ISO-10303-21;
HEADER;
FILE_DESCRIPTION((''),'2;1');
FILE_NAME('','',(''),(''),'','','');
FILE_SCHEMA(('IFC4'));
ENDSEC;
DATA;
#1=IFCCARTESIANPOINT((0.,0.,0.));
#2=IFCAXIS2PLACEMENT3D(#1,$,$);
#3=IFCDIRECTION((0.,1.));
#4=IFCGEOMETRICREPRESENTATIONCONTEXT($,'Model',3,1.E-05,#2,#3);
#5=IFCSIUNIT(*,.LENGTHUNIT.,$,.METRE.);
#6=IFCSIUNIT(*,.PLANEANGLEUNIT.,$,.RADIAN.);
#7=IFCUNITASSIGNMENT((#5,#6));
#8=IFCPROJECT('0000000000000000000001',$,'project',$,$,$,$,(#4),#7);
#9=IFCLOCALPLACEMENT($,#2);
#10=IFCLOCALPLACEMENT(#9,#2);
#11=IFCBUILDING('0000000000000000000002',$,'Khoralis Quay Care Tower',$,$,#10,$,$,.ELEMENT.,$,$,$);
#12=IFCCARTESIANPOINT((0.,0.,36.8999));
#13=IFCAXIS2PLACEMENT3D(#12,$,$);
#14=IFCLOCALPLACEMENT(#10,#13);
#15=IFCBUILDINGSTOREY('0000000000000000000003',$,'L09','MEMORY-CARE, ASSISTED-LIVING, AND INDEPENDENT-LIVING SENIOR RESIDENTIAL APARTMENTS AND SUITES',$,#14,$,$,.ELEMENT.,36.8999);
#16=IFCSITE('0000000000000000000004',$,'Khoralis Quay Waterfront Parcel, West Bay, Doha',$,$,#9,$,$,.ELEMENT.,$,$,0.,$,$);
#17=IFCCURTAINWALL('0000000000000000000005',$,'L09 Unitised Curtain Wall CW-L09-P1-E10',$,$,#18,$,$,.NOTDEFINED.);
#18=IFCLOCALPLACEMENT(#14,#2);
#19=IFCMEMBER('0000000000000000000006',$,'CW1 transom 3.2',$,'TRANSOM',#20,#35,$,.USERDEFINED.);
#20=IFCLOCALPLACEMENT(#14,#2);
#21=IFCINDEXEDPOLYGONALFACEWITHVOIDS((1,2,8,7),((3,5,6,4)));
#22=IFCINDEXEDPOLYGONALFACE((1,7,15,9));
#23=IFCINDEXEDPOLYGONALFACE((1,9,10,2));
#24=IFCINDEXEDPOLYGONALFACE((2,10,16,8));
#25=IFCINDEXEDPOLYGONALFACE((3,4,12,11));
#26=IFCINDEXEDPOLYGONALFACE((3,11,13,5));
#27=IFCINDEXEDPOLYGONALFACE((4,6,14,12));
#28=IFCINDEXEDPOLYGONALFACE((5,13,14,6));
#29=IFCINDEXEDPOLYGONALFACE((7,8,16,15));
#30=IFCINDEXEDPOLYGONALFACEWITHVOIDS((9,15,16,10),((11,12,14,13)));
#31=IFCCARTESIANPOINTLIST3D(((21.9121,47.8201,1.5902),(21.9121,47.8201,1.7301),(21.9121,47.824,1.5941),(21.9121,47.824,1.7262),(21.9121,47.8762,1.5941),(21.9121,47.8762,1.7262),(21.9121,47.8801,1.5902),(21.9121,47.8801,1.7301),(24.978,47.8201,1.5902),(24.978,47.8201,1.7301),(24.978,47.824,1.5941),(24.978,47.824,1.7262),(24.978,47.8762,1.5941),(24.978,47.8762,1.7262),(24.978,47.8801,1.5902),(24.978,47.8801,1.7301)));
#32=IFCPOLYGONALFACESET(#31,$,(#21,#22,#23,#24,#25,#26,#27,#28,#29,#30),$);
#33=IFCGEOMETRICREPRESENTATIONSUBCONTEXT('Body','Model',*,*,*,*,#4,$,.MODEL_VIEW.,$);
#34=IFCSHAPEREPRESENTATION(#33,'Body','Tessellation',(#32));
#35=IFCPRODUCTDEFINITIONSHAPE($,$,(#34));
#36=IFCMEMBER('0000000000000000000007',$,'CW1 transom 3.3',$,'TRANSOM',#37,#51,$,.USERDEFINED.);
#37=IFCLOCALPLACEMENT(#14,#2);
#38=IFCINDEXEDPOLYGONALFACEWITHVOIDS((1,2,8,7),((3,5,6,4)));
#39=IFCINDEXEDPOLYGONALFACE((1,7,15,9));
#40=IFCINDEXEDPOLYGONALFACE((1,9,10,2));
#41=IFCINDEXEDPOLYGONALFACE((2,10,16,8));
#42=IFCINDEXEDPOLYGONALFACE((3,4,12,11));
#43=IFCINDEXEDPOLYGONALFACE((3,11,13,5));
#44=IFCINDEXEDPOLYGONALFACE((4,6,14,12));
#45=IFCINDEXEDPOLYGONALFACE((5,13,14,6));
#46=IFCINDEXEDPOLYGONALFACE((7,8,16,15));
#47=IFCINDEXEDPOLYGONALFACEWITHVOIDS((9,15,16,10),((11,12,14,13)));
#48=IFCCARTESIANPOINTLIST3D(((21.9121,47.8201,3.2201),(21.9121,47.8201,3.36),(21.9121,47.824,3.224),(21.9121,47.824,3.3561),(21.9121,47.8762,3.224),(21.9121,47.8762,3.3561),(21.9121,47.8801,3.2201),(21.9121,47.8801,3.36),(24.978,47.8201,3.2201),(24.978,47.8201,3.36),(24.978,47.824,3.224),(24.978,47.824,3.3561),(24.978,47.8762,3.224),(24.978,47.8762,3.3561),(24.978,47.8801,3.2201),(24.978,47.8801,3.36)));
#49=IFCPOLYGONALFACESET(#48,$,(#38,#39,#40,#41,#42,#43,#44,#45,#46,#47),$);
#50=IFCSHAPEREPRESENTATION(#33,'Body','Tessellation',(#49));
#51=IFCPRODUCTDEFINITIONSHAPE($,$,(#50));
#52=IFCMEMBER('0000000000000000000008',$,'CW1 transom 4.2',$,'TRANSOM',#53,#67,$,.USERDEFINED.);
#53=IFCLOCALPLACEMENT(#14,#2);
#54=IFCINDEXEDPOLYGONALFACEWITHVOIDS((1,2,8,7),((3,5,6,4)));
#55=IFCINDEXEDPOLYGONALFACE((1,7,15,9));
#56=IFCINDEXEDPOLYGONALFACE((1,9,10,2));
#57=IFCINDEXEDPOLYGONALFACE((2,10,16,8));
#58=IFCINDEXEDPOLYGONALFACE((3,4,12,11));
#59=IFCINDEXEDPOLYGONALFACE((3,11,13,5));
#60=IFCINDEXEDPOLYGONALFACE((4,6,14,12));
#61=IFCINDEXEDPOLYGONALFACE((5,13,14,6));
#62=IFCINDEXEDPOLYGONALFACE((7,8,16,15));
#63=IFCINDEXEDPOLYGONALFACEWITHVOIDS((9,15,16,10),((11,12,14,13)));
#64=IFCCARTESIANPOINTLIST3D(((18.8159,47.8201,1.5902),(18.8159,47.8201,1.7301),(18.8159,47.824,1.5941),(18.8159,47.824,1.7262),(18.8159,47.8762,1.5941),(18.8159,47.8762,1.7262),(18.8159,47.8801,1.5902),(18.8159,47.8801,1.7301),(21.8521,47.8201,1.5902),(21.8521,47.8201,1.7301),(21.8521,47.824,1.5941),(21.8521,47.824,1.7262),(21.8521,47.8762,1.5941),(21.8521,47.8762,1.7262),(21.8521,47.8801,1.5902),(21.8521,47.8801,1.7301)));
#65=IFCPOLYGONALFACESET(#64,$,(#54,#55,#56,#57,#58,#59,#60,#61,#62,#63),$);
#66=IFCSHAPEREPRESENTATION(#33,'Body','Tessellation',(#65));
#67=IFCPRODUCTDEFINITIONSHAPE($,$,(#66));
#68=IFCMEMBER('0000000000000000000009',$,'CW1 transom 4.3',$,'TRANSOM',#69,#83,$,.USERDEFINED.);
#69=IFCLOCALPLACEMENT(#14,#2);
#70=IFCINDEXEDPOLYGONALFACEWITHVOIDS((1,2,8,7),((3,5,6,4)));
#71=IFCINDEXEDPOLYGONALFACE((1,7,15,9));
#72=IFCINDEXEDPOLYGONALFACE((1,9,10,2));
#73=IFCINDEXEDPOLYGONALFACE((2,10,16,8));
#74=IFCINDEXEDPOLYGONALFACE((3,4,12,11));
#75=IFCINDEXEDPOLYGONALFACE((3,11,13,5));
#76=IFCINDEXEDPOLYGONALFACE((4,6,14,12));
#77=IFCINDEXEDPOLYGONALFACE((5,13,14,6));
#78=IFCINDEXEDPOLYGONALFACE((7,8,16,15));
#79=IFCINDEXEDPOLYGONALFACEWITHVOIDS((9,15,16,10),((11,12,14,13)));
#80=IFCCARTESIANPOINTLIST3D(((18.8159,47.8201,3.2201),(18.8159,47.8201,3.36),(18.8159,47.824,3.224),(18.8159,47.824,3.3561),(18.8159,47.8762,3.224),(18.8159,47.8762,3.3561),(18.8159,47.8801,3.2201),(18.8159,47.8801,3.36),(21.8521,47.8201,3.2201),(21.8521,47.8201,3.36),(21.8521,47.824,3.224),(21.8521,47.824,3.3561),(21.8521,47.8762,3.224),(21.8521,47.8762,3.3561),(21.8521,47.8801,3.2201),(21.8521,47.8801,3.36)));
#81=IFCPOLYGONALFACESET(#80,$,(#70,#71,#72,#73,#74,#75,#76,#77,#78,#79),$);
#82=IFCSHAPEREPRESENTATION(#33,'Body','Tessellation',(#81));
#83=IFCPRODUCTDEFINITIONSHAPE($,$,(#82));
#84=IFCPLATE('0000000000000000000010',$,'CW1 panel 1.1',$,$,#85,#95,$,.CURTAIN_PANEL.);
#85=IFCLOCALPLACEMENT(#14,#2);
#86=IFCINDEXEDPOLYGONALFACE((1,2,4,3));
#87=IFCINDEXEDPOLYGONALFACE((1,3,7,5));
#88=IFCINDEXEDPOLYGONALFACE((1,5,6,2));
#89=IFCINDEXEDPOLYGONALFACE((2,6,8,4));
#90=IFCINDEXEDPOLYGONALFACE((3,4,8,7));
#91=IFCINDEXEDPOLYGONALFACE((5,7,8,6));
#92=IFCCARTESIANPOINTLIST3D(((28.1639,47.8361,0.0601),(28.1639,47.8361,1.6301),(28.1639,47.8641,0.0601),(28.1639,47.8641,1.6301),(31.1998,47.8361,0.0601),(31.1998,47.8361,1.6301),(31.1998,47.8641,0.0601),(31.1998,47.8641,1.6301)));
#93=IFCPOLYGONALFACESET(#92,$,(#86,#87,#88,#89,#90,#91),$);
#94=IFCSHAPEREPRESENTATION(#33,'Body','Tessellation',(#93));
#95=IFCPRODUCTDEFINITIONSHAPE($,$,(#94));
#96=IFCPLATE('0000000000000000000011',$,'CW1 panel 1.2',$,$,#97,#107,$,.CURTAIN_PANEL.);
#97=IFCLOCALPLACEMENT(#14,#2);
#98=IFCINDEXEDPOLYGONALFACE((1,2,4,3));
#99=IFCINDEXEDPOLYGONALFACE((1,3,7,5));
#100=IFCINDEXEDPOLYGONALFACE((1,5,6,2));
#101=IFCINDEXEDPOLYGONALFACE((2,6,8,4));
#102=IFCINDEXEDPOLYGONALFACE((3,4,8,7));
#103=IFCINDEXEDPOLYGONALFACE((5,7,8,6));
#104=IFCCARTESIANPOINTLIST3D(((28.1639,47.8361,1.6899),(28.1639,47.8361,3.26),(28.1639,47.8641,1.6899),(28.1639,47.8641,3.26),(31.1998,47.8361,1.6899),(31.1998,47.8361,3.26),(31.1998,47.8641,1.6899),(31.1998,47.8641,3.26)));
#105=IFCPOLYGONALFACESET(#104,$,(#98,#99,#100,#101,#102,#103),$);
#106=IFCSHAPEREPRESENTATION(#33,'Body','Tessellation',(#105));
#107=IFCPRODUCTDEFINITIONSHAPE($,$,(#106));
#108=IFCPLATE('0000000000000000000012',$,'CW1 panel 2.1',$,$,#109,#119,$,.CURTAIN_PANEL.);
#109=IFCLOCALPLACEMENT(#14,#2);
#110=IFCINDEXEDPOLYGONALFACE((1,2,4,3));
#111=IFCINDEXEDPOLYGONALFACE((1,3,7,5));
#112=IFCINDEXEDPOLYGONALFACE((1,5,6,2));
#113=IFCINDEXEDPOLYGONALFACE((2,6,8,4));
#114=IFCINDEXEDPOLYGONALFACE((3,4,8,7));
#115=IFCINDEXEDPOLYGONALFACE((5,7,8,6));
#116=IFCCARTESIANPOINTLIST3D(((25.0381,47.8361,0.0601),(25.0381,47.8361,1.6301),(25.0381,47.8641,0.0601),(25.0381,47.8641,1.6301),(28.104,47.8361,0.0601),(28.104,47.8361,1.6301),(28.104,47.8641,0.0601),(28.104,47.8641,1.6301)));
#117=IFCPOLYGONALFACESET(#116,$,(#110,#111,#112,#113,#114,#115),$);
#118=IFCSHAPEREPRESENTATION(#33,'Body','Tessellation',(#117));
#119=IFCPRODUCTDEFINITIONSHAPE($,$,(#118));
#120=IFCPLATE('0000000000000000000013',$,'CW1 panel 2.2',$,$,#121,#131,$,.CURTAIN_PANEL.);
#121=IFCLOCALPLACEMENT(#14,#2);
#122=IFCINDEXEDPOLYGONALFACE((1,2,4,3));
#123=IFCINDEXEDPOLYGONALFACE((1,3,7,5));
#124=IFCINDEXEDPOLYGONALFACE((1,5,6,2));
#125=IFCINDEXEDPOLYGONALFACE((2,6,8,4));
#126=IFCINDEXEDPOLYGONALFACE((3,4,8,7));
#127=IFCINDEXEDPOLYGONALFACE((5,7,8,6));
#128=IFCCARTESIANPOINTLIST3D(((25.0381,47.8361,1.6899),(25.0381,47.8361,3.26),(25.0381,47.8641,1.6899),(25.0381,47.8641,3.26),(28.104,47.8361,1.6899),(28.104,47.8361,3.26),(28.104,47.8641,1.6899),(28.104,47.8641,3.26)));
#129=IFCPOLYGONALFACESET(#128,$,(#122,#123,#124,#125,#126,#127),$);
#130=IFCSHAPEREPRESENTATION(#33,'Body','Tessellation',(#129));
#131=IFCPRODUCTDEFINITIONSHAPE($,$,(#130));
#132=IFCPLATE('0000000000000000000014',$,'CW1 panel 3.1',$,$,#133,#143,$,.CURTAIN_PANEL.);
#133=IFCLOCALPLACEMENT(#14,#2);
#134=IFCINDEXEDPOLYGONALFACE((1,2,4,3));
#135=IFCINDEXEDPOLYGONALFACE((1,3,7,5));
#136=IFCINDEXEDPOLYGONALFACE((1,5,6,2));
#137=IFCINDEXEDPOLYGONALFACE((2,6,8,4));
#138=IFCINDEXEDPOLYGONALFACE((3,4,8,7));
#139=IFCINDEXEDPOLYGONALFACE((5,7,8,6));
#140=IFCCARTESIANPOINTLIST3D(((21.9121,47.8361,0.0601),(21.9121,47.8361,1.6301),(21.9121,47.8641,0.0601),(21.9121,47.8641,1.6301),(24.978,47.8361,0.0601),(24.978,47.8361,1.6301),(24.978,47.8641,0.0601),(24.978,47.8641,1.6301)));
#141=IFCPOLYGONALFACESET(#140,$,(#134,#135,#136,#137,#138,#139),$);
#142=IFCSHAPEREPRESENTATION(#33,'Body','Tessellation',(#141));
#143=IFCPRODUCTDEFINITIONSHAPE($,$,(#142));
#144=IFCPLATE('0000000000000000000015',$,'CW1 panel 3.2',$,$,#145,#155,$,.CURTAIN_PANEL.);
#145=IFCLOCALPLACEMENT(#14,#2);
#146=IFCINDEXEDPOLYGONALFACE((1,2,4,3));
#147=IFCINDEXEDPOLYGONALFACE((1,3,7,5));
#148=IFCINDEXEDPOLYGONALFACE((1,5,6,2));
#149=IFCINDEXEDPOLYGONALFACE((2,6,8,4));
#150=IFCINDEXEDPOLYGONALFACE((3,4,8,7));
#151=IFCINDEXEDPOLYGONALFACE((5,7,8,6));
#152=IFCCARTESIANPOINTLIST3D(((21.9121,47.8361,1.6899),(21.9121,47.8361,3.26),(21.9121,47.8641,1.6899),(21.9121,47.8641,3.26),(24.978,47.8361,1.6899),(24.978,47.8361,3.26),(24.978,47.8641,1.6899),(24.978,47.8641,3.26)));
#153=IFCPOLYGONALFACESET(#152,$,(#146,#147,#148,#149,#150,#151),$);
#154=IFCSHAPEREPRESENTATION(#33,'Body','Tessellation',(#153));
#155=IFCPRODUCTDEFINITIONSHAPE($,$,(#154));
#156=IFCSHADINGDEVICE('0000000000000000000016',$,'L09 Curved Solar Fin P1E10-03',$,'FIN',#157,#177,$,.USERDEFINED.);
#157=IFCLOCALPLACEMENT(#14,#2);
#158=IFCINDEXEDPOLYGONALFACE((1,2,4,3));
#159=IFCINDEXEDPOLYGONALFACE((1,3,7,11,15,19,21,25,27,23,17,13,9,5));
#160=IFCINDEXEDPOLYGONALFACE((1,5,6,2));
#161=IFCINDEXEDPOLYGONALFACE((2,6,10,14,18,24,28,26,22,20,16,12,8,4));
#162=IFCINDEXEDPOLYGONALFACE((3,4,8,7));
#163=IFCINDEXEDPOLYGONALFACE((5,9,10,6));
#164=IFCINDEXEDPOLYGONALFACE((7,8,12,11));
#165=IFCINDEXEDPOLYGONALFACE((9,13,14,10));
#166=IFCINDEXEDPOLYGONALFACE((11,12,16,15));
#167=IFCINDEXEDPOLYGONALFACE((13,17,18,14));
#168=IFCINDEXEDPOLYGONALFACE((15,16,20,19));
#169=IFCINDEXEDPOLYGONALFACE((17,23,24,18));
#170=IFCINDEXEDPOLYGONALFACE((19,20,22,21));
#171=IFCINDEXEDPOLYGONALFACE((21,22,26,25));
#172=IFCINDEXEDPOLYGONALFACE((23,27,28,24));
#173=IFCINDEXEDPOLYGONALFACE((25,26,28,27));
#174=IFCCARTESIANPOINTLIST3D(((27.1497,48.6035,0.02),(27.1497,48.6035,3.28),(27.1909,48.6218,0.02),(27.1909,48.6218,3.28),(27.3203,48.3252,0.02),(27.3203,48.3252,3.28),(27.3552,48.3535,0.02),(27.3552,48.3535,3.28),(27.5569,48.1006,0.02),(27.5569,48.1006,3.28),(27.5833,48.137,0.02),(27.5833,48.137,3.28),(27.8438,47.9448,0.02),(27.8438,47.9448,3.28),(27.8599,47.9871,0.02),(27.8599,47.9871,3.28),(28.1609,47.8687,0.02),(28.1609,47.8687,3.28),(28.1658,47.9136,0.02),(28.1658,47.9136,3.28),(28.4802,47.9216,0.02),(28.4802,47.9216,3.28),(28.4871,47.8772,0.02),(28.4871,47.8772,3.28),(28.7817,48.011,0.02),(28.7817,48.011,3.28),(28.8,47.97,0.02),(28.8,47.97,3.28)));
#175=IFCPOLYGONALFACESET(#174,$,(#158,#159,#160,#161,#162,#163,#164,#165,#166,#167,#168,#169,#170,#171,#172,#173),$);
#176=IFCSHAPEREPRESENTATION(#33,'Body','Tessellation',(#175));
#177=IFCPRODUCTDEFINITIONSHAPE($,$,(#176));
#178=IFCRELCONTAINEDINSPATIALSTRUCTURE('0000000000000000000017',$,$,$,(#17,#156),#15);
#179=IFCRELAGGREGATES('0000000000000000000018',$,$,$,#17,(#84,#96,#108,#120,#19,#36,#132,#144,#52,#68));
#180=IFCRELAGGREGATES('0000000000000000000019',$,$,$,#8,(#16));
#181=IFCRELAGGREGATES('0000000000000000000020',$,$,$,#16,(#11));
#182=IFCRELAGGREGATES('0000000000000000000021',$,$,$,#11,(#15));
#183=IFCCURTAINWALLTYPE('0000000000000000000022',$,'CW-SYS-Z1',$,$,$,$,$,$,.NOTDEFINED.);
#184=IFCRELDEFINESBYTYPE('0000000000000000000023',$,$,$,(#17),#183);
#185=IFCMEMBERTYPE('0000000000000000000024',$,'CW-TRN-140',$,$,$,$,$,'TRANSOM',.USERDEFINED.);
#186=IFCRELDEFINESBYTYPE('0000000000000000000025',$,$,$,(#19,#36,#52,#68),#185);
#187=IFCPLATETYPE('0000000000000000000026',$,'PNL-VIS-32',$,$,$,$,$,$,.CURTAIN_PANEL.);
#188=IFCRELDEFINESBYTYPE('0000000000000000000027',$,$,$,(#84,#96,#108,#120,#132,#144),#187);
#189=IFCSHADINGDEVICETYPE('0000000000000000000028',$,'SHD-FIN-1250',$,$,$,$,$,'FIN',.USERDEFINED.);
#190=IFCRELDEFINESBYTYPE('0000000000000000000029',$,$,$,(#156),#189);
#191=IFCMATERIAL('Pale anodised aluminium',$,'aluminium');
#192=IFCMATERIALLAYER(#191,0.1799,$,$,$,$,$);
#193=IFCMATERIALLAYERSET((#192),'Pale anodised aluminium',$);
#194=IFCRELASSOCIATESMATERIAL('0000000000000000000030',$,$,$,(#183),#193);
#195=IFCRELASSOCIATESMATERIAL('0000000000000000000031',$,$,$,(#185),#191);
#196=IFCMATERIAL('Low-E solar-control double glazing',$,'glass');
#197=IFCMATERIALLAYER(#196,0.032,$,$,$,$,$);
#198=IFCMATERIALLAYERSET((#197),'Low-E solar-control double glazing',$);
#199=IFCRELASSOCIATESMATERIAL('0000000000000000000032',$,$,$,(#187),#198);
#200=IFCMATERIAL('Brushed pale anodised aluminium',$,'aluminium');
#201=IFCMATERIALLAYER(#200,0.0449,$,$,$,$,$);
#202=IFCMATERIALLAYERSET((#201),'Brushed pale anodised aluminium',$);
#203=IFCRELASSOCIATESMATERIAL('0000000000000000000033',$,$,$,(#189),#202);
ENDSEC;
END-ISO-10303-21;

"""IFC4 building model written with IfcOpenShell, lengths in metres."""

from ifc_helpers import new_model, si_unit, direction, frame, origin, origin_2d, place, context, subcontext, project, spatial, polyline, rectangle, hollow_rectangle, outline, extrude, source, transform, mapped, material, layer, layer_set, material_profile, profile_set, type_object, element, aggregate, save


model = new_model("IFC4")

# Units and contexts
model_context = context("Model", 3, precision=1e-05, world=origin(), true_north=direction((0.0, 1.0)))
body_context = subcontext(model_context, "Body", "Model", "MODEL_VIEW")
ifc_project = project(units=[si_unit("LENGTHUNIT", "METRE"), si_unit("PLANEANGLEUNIT", "RADIAN")], contexts=[model_context])

# Site, building, storey
site_placement = place(None, origin())
site = spatial("IfcSite", under=ifc_project, at=site_placement, Name="Khoralis Quay Waterfront Parcel, West Bay, Doha", CompositionType="ELEMENT", RefElevation=0.0)
building_placement = place(site_placement, origin())
building = spatial("IfcBuilding", under=site, at=building_placement, Name="Khoralis Quay Care Tower", CompositionType="ELEMENT")
storey_placement = place(building_placement, frame((0.0, 0.0, 36.8999)))
storey = spatial("IfcBuildingStorey", under=building, at=storey_placement, Name="L09", Description="MEMORY-CARE, ASSISTED-LIVING, AND INDEPENDENT-LIVING SENIOR RESIDENTIAL APARTMENTS AND SUITES", CompositionType="ELEMENT", Elevation=36.8999)

# Curtain wall, members, plates
ifc_material_1 = material(Name="Pale anodised aluminium", Category="aluminium")
ifc_layer_1 = layer(ifc_material_1, 0.1799)
ifc_layer_set_1 = layer_set([ifc_layer_1], Name="Pale anodised aluminium")
curtain_wall_type = type_object("IfcCurtainWallType", Name="CW-SYS-Z1", PredefinedType="NOTDEFINED", material=ifc_layer_set_1)
curtain_wall_placement = place(storey_placement, origin())
curtain_wall = element("IfcCurtainWall", 1, at=curtain_wall_placement, inside=storey, type_object=curtain_wall_type, Name="L09 Unitised Curtain Wall CW-L09-P1-E10", PredefinedType="NOTDEFINED")
ifc_material_profile_1 = material_profile(ifc_material_1, hollow_rectangle(XDim=0.0601, YDim=0.1399, WallThickness=0.0039, at=origin_2d()), Name="Pale anodised aluminium")
ifc_profile_set_1 = profile_set([ifc_material_profile_1], Name="Pale anodised aluminium")
member_type_1 = type_object("IfcMemberType", Name="CW-TRN-140", ElementType="TRANSOM", PredefinedType="USERDEFINED", material=ifc_profile_set_1)
shared_shape_1 = source(origin(), body_context, "Body", "SweptSolid", [
    extrude(hollow_rectangle(XDim=0.0601, YDim=0.1399, WallThickness=0.0039, at=origin_2d()), origin(), (0.0, 0.0, 1.0), 3.0659),
])
member_1_placement = place(storey_placement, frame((24.978, 47.8501, 1.6602), z_axis=(-1.0, 0.0, 0.0), x_axis=(0.0, -1.0, 0.0)))
member_1 = element("IfcMember", 2, at=member_1_placement, type_object=member_type_1, Name="CW1 transom 3.2", ObjectType="TRANSOM", PredefinedType="USERDEFINED", context=body_context, shape_type="MappedRepresentation", body=[
    mapped(shared_shape_1, transform((0.0, 0.0, 0.0), scale=1.0)),
])
member_2_placement = place(storey_placement, frame((24.978, 47.8501, 3.29), z_axis=(-1.0, 0.0, 0.0), x_axis=(0.0, -1.0, 0.0)))
member_2 = element("IfcMember", 3, at=member_2_placement, type_object=member_type_1, Name="CW1 transom 3.3", ObjectType="TRANSOM", PredefinedType="USERDEFINED", context=body_context, shape_type="MappedRepresentation", body=[
    mapped(shared_shape_1, transform((0.0, 0.0, 0.0), scale=1.0)),
])
shared_shape_2 = source(origin(), body_context, "Body", "SweptSolid", [
    extrude(hollow_rectangle(XDim=0.0601, YDim=0.1399, WallThickness=0.0039, at=origin_2d()), origin(), (0.0, 0.0, 1.0), 3.0361),
])
member_3_placement = place(storey_placement, frame((21.8521, 47.8501, 1.6602), z_axis=(-1.0, 0.0, 0.0), x_axis=(0.0, -1.0, 0.0)))
member_3 = element("IfcMember", 4, at=member_3_placement, type_object=member_type_1, Name="CW1 transom 4.2", ObjectType="TRANSOM", PredefinedType="USERDEFINED", context=body_context, shape_type="MappedRepresentation", body=[
    mapped(shared_shape_2, transform((0.0, 0.0, 0.0), scale=1.0)),
])
member_4_placement = place(storey_placement, frame((21.8521, 47.8501, 3.29), z_axis=(-1.0, 0.0, 0.0), x_axis=(0.0, -1.0, 0.0)))
member_4 = element("IfcMember", 5, at=member_4_placement, type_object=member_type_1, Name="CW1 transom 4.3", ObjectType="TRANSOM", PredefinedType="USERDEFINED", context=body_context, shape_type="MappedRepresentation", body=[
    mapped(shared_shape_2, transform((0.0, 0.0, 0.0), scale=1.0)),
])
ifc_material_2 = material(Name="Low-E solar-control double glazing", Category="glass")
ifc_layer_2 = layer(ifc_material_2, 0.032)
ifc_layer_set_2 = layer_set([ifc_layer_2], Name="Low-E solar-control double glazing")
plate_type = type_object("IfcPlateType", Name="PNL-VIS-32", PredefinedType="CURTAIN_PANEL", material=ifc_layer_set_2)
shared_shape_3 = source(origin(), body_context, "Body", "SweptSolid", [
    extrude(rectangle(XDim=3.0359, YDim=0.0281, at=origin_2d()), origin(), (0.0, 0.0, 1.0), 1.5701),
])
plate_1_placement = place(storey_placement, frame((29.6819, 47.8501, 0.0601), z_axis=(0.0, 0.0, 1.0), x_axis=(-1.0, 0.0, 0.0)))
plate_1 = element("IfcPlate", 6, at=plate_1_placement, type_object=plate_type, Name="CW1 panel 1.1", PredefinedType="CURTAIN_PANEL", context=body_context, shape_type="MappedRepresentation", body=[
    mapped(shared_shape_3, transform((0.0, 0.0, 0.0), scale=1.0)),
])
plate_2_placement = place(storey_placement, frame((29.6819, 47.8501, 1.6899), z_axis=(0.0, 0.0, 1.0), x_axis=(-1.0, 0.0, 0.0)))
plate_2 = element("IfcPlate", 7, at=plate_2_placement, type_object=plate_type, Name="CW1 panel 1.2", PredefinedType="CURTAIN_PANEL", context=body_context, shape_type="MappedRepresentation", body=[
    mapped(shared_shape_3, transform((0.0, 0.0, 0.0), scale=1.0)),
])
shared_shape_4 = source(origin(), body_context, "Body", "SweptSolid", [
    extrude(rectangle(XDim=3.0659, YDim=0.0281, at=origin_2d()), origin(), (0.0, 0.0, 1.0), 1.5701),
])
plate_3_placement = place(storey_placement, frame((26.571, 47.8501, 0.0601), z_axis=(0.0, 0.0, 1.0), x_axis=(-1.0, 0.0, 0.0)))
plate_3 = element("IfcPlate", 8, at=plate_3_placement, type_object=plate_type, Name="CW1 panel 2.1", PredefinedType="CURTAIN_PANEL", context=body_context, shape_type="MappedRepresentation", body=[
    mapped(shared_shape_4, transform((0.0, 0.0, 0.0), scale=1.0)),
])
plate_4_placement = place(storey_placement, frame((26.571, 47.8501, 1.6899), z_axis=(0.0, 0.0, 1.0), x_axis=(-1.0, 0.0, 0.0)))
plate_4 = element("IfcPlate", 9, at=plate_4_placement, type_object=plate_type, Name="CW1 panel 2.2", PredefinedType="CURTAIN_PANEL", context=body_context, shape_type="MappedRepresentation", body=[
    mapped(shared_shape_4, transform((0.0, 0.0, 0.0), scale=1.0)),
])
plate_5_placement = place(storey_placement, frame((23.4451, 47.8501, 0.0601), z_axis=(0.0, 0.0, 1.0), x_axis=(-1.0, 0.0, 0.0)))
plate_5 = element("IfcPlate", 10, at=plate_5_placement, type_object=plate_type, Name="CW1 panel 3.1", PredefinedType="CURTAIN_PANEL", context=body_context, shape_type="MappedRepresentation", body=[
    mapped(shared_shape_4, transform((0.0, 0.0, 0.0), scale=1.0)),
])
plate_6_placement = place(storey_placement, frame((23.4451, 47.8501, 1.6899), z_axis=(0.0, 0.0, 1.0), x_axis=(-1.0, 0.0, 0.0)))
plate_6 = element("IfcPlate", 11, at=plate_6_placement, type_object=plate_type, Name="CW1 panel 3.2", PredefinedType="CURTAIN_PANEL", context=body_context, shape_type="MappedRepresentation", body=[
    mapped(shared_shape_4, transform((0.0, 0.0, 0.0), scale=1.0)),
])
aggregate(curtain_wall, [plate_1, plate_2, plate_3, plate_4, member_1, member_2, plate_5, plate_6, member_3, member_4])

# Shading device
ifc_material_3 = material(Name="Brushed pale anodised aluminium", Category="aluminium")
ifc_layer_3 = layer(ifc_material_3, 0.0449)
ifc_layer_set_3 = layer_set([ifc_layer_3], Name="Brushed pale anodised aluminium")
shading_device_type = type_object("IfcShadingDeviceType", Name="SHD-FIN-1250", ElementType="FIN", PredefinedType="USERDEFINED", material=ifc_layer_set_3)
shared_shape_5 = source(origin(), body_context, "Body", "SweptSolid", [
    extrude(outline(polyline([(0.0, 0.0), (-0.0928, 0.313), (-0.1013, 0.6392), (-0.0251, 0.9563), (0.1306, 1.2432), (0.3552, 1.4797), (0.6335, 1.6504), (0.6519, 1.6091), (0.3835, 1.4448), (0.167, 1.2168), (0.0171, 0.9402), (-0.0564, 0.6343), (-0.0483, 0.3198), (0.041, 0.0183), (0.0, 0.0)])), origin(), (0.0, 0.0, 1.0), 3.26),
])
for number, where, z_axis, x_axis, name in (
    (12, (28.8, 47.97, 0.02), (0.0, 0.0, 1.0), (0.0, 1.0, 0.0), "L09 Curved Solar Fin P1E10-03"),
):
    element("IfcShadingDevice", number, at=place(storey_placement, frame(where, z_axis=z_axis, x_axis=x_axis)), inside=storey, type_object=shading_device_type, Name=name, ObjectType="FIN", PredefinedType="USERDEFINED", context=body_context, shape_type="MappedRepresentation", body=[
        mapped(shared_shape_5, transform((0.0, 0.0, 0.0), scale=1.0)),
    ])

save(model, "model.ifc")
